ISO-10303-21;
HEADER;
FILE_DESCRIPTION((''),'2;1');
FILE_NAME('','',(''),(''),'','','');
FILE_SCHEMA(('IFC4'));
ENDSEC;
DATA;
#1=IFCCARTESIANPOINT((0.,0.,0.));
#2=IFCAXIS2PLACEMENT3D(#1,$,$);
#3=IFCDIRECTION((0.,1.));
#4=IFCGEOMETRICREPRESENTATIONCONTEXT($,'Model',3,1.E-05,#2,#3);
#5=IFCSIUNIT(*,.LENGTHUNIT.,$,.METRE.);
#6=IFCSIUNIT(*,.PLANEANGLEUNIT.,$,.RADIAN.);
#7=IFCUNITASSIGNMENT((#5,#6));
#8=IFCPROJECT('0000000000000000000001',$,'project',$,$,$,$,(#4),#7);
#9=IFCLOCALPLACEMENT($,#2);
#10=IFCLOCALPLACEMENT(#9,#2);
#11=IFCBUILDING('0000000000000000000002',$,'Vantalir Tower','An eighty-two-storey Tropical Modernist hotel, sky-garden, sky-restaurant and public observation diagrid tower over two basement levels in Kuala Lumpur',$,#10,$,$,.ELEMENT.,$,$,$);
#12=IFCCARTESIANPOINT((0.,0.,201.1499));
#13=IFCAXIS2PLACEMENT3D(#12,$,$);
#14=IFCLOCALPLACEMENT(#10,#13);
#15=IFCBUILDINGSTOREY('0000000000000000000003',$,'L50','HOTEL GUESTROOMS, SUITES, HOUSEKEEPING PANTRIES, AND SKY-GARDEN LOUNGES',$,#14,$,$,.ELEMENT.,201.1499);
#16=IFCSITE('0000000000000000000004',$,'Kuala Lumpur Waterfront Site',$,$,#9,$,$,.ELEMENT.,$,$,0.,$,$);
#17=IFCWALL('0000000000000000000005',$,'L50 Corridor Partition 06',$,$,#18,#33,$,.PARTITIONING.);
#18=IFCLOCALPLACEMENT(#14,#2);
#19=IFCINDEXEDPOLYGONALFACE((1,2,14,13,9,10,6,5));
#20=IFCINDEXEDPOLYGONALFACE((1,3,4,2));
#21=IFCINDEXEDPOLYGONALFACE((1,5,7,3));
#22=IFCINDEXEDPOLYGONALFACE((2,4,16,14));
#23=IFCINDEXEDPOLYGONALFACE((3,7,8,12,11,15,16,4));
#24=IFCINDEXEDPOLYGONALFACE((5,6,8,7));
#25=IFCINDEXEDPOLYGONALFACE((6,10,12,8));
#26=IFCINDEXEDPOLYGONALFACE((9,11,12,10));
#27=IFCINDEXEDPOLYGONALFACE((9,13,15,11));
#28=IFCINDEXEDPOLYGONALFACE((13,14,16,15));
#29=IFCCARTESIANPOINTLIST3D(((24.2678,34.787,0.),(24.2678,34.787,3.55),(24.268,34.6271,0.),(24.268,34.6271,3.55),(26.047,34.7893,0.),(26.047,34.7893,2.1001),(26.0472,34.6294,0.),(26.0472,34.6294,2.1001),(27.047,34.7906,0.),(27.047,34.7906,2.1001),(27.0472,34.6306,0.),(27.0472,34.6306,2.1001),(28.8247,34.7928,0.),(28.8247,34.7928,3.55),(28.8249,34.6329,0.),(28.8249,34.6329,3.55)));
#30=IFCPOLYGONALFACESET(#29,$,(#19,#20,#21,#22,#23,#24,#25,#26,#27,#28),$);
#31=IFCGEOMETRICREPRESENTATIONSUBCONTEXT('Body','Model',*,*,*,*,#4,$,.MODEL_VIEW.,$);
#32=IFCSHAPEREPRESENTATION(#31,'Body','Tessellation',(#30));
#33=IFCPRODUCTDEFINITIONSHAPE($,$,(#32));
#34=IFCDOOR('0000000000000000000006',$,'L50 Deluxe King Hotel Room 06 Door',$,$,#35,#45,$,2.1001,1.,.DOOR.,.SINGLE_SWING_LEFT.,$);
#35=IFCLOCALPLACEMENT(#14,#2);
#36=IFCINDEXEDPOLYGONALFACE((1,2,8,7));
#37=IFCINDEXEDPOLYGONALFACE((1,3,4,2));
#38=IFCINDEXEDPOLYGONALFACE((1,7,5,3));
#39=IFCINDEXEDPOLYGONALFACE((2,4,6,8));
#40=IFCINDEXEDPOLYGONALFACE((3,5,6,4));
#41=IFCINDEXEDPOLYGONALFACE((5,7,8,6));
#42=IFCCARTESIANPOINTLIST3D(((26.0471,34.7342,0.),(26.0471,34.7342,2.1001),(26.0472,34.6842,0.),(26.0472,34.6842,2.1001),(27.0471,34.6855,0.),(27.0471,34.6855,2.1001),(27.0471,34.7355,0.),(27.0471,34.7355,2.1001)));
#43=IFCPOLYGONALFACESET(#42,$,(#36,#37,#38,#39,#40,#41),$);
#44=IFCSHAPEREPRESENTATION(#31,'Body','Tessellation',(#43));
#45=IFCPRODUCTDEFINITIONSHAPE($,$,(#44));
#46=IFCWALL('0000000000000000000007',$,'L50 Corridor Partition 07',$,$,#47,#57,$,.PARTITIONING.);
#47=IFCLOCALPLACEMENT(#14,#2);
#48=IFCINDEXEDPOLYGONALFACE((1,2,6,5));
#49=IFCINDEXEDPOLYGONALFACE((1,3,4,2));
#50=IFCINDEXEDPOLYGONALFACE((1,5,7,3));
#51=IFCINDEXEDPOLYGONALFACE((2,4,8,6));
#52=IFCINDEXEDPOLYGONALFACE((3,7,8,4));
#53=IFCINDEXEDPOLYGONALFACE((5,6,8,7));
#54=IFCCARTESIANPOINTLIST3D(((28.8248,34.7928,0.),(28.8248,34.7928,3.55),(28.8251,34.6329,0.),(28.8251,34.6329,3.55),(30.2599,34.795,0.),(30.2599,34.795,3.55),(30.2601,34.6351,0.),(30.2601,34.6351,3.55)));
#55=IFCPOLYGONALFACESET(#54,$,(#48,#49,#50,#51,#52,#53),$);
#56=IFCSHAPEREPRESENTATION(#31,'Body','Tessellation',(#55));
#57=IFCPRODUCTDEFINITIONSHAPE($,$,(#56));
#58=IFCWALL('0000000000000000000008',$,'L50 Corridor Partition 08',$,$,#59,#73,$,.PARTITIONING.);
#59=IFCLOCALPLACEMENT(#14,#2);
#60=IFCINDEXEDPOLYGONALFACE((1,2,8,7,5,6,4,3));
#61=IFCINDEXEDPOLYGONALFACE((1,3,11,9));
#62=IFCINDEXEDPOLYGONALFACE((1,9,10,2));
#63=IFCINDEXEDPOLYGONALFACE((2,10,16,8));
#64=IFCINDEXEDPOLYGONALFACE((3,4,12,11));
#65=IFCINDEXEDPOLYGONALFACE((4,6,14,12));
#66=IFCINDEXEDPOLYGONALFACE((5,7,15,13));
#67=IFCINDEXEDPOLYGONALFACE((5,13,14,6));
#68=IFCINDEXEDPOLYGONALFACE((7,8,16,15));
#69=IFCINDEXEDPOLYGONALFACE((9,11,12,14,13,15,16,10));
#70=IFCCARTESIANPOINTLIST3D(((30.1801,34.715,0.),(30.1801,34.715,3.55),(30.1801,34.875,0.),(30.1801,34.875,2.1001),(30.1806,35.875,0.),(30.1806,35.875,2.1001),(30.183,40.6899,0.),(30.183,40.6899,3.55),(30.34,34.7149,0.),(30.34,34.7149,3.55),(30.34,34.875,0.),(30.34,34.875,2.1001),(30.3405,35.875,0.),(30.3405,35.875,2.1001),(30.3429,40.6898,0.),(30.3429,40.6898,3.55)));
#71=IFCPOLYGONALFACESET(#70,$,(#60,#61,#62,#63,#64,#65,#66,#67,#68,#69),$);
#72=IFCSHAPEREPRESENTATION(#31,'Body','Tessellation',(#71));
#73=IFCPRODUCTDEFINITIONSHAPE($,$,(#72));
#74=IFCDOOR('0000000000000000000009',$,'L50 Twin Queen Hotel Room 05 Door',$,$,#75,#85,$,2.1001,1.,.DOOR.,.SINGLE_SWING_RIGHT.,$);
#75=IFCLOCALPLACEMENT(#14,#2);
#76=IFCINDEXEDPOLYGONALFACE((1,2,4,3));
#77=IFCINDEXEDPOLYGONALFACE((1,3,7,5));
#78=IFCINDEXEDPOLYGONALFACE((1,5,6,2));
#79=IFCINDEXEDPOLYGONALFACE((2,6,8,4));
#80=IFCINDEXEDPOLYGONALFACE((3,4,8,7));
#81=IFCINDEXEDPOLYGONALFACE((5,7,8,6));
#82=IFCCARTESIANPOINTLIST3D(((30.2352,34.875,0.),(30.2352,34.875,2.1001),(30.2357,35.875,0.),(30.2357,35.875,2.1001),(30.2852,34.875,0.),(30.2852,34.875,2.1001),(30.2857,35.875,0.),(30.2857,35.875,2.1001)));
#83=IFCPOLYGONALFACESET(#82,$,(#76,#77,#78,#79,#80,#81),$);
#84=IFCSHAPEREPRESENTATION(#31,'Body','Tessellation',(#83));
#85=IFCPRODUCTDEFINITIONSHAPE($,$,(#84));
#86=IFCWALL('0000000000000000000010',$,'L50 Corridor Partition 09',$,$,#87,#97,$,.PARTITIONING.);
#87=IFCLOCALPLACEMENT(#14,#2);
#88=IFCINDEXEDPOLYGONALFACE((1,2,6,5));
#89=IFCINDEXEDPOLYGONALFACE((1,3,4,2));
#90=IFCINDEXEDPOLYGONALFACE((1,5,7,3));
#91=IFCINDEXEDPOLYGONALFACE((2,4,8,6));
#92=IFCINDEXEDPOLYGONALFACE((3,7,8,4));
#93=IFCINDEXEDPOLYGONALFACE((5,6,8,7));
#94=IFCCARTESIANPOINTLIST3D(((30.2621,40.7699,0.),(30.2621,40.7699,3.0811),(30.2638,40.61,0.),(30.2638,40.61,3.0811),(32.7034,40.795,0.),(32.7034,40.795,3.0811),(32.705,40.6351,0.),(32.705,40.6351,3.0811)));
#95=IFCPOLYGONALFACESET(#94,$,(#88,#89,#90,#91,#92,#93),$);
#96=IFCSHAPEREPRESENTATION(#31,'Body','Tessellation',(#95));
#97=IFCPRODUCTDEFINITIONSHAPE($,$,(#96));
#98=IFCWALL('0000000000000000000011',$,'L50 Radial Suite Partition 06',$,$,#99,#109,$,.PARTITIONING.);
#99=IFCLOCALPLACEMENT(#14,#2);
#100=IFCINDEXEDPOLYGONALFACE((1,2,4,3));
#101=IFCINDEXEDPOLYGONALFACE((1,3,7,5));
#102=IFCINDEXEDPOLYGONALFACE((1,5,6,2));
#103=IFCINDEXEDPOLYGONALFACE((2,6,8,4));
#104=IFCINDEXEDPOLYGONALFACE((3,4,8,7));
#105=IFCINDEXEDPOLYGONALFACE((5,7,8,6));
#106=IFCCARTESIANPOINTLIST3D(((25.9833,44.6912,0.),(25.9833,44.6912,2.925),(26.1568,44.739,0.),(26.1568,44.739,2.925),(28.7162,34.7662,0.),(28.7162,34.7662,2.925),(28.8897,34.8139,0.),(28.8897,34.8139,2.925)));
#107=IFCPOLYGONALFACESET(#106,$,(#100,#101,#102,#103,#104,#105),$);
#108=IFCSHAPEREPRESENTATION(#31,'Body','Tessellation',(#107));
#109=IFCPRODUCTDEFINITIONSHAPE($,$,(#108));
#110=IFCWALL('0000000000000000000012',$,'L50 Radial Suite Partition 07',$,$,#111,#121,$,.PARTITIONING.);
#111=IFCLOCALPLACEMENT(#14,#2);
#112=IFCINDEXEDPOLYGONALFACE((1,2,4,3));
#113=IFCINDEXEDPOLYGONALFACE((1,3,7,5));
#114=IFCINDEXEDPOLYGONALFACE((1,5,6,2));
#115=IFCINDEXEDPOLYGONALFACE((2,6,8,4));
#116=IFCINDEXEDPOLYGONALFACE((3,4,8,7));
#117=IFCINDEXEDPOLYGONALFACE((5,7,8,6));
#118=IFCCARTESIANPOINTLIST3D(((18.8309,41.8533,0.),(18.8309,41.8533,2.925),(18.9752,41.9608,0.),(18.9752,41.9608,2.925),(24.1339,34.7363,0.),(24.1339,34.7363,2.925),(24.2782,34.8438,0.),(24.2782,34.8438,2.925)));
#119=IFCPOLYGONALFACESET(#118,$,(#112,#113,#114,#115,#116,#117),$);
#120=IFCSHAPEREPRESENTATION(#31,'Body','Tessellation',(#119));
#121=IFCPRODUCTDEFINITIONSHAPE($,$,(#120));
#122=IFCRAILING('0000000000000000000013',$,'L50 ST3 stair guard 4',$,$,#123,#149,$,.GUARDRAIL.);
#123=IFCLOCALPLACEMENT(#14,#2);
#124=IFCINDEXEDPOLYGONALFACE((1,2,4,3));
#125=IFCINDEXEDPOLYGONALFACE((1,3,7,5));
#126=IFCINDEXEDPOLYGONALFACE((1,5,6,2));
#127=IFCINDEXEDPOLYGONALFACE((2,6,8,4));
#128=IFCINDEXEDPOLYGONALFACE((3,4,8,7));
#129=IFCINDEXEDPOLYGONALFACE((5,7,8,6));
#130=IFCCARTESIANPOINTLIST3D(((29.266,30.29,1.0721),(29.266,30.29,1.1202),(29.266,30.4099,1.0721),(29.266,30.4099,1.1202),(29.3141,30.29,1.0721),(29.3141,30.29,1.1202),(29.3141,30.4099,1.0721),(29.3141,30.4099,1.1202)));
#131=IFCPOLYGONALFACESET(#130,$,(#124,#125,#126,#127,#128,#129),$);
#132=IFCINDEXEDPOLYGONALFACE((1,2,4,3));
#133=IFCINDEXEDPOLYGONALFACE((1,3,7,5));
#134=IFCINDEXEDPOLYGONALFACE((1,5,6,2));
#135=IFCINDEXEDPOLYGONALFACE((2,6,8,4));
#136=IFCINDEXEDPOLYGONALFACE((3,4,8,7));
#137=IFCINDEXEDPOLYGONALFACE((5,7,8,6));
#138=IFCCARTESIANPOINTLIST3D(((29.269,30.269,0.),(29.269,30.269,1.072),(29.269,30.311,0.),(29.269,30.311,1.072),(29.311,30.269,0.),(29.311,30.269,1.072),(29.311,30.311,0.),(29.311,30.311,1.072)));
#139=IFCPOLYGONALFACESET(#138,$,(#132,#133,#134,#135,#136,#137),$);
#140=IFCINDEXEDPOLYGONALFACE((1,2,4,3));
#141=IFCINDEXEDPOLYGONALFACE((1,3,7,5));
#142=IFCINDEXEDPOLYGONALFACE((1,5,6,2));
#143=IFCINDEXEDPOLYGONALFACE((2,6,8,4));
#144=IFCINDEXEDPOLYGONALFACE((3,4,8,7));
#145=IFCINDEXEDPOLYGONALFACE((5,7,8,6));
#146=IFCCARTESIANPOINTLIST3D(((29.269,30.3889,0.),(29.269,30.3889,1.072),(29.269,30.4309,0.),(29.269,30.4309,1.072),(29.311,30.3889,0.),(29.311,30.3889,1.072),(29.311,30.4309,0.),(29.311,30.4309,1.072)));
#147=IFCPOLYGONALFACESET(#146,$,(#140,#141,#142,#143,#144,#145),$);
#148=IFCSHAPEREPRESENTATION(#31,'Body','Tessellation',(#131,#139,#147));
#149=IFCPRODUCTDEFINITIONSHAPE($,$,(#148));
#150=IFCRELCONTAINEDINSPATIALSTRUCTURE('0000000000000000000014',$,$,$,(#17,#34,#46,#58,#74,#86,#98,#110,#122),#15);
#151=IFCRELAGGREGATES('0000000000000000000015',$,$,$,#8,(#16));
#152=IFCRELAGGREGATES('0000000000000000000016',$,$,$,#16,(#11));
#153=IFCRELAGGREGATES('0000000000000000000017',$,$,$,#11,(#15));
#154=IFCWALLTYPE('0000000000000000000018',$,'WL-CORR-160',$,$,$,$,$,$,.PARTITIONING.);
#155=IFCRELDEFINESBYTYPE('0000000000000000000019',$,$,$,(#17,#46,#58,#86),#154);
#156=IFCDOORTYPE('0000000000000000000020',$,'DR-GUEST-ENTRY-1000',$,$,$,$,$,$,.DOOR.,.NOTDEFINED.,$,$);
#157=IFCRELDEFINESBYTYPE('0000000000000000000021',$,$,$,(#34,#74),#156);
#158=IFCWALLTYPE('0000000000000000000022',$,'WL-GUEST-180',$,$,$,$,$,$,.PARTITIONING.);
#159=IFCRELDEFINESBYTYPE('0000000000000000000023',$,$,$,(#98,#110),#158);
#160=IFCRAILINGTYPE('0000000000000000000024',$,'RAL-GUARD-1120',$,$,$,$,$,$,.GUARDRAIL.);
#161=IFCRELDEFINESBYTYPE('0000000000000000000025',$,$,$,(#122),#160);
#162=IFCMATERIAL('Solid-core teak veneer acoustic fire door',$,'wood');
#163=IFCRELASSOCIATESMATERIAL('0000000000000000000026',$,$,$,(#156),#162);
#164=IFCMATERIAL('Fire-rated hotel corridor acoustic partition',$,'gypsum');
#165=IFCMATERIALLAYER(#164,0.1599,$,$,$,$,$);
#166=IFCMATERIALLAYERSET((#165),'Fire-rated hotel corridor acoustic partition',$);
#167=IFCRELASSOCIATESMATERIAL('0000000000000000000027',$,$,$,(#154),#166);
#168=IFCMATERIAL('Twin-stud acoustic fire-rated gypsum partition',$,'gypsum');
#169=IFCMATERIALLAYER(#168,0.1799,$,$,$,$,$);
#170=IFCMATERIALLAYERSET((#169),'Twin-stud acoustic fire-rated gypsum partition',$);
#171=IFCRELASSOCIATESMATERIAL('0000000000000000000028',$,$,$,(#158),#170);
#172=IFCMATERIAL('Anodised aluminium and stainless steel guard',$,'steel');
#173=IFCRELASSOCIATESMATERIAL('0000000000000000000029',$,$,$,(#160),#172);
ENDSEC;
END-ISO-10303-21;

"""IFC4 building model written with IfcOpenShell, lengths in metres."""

from ifc_helpers import new_model, si_unit, direction, frame, frame_2d, origin, origin_2d, place, context, subcontext, project, spatial, rectangle, extrude, material, layer, layer_set, type_object, element, fill, save


model = new_model("IFC4")

# Units and contexts
model_context = context("Model", 3, precision=1e-05, world=origin(), true_north=direction((0.0, 1.0)))
body_context = subcontext(model_context, "Body", "Model", "MODEL_VIEW")
ifc_project = project(units=[si_unit("LENGTHUNIT", "METRE"), si_unit("PLANEANGLEUNIT", "RADIAN")], contexts=[model_context])

# Site, building, storey
site_placement = place(None, origin())
site = spatial("IfcSite", under=ifc_project, at=site_placement, Name="Kuala Lumpur Waterfront Site", CompositionType="ELEMENT", RefElevation=0.0)
building_placement = place(site_placement, origin())
building = spatial("IfcBuilding", under=site, at=building_placement, Name="Vantalir Tower", Description="An eighty-two-storey Tropical Modernist hotel, sky-garden, sky-restaurant and public observation diagrid tower over two basement levels in Kuala Lumpur", CompositionType="ELEMENT")
storey_placement = place(building_placement, frame((0.0, 0.0, 201.1499)))
storey = spatial("IfcBuildingStorey", under=building, at=storey_placement, Name="L50", Description="HOTEL GUESTROOMS, SUITES, HOUSEKEEPING PANTRIES, AND SKY-GARDEN LOUNGES", CompositionType="ELEMENT", Elevation=201.1499)

# Shared definitions
ifc_material_1 = material(Name="Solid-core teak veneer acoustic fire door", Category="wood")
door_type_1 = type_object("IfcDoorType", Name="DR-GUEST-ENTRY-1000", OperationType="NOTDEFINED", PredefinedType="DOOR", material=ifc_material_1)

# Wall, opening, door
ifc_material_2 = material(Name="Fire-rated hotel corridor acoustic partition", Category="gypsum")
ifc_layer_1 = layer(ifc_material_2, 0.1599)
ifc_layer_set_1 = layer_set([ifc_layer_1], Name="Fire-rated hotel corridor acoustic partition")
wall_type_1 = type_object("IfcWallType", Name="WL-CORR-160", PredefinedType="PARTITIONING", material=ifc_layer_set_1)
wall_1_placement = place(storey_placement, frame((24.2681, 34.707, 0.0), z_axis=(0.0, 0.0, 1.0), x_axis=(0.999999, 0.001286, 0.0)))
wall_1 = element("IfcWall", 1, at=wall_1_placement, inside=storey, type_object=wall_type_1, Name="L50 Corridor Partition 06", PredefinedType="PARTITIONING", context=body_context, shape_type="SweptSolid", body=[
    extrude(rectangle(XDim=4.5569, YDim=0.1599, at=frame_2d((2.2783, 0.0))), origin(), (0.0, 0.0, 1.0), 3.55),
])
opening_1_placement = place(wall_1_placement, frame((1.7791, 0.0, 0.0)))
opening_1 = element("IfcOpeningElement", 2, at=opening_1_placement, cuts=wall_1, PredefinedType="OPENING", context=body_context, shape_type="SweptSolid", body=[
    extrude(rectangle(XDim=1.0, YDim=2.1001, at=frame_2d((0.5, 1.05))), frame((0.0, 0.0898, 0.0), z_axis=(0.0, -1.0, 0.0), x_axis=(1.0, 0.0, 0.0)), (0.0, 0.0, 1.0), 0.1799),
])
door_1_placement = place(opening_1_placement, origin())
door_1 = element("IfcDoor", 3, at=door_1_placement, inside=storey, type_object=door_type_1, Name="L50 Deluxe King Hotel Room 06 Door", OperationType="SINGLE_SWING_LEFT", OverallHeight=2.1001, OverallWidth=1.0, PredefinedType="DOOR", context=body_context, shape_type="SweptSolid", body=[
    extrude(rectangle(XDim=1.0, YDim=2.1001, at=frame_2d((0.5, 1.05))), frame((0.0, 0.0249, 0.0), z_axis=(0.0, -1.0, 0.0), x_axis=(1.0, 0.0, 0.0)), (0.0, 0.0, 1.0), 0.05),
])
fill(opening_1, door_1)

# Wall
wall_2_placement = place(storey_placement, frame((28.825, 34.7129, 0.0), z_axis=(0.0, 0.0, 1.0), x_axis=(0.999999, 0.001531, 0.0)))
element("IfcWall", 4, at=wall_2_placement, inside=storey, type_object=wall_type_1, Name="L50 Corridor Partition 07", PredefinedType="PARTITIONING", context=body_context, shape_type="SweptSolid", body=[
    extrude(rectangle(XDim=1.4351, YDim=0.1599, at=frame_2d((0.7175, 0.0))), origin(), (0.0, 0.0, 1.0), 3.55),
])

# Wall, opening, door
wall_3_placement = place(storey_placement, frame((30.26, 34.7151, 0.0), z_axis=(0.0, 0.0, 1.0), x_axis=(0.00049, 1.0, 0.0)))
wall_3 = element("IfcWall", 5, at=wall_3_placement, inside=storey, type_object=wall_type_1, Name="L50 Corridor Partition 08", PredefinedType="PARTITIONING", context=body_context, shape_type="SweptSolid", body=[
    extrude(rectangle(XDim=5.9749, YDim=0.1599, at=frame_2d((2.9873, 0.0))), origin(), (0.0, 0.0, 1.0), 3.55),
])
opening_2_placement = place(wall_3_placement, frame((0.1599, 0.0, 0.0)))
opening_2 = element("IfcOpeningElement", 6, at=opening_2_placement, cuts=wall_3, PredefinedType="OPENING", context=body_context, shape_type="SweptSolid", body=[
    extrude(rectangle(XDim=1.0, YDim=2.1001, at=frame_2d((0.5, 1.05))), frame((0.0, 0.0898, 0.0), z_axis=(0.0, -1.0, 0.0), x_axis=(1.0, 0.0, 0.0)), (0.0, 0.0, 1.0), 0.1799),
])
door_2_placement = place(opening_2_placement, origin())
door_2 = element("IfcDoor", 7, at=door_2_placement, inside=storey, type_object=door_type_1, Name="L50 Twin Queen Hotel Room 05 Door", OperationType="SINGLE_SWING_RIGHT", OverallHeight=2.1001, OverallWidth=1.0, PredefinedType="DOOR", context=body_context, shape_type="SweptSolid", body=[
    extrude(rectangle(XDim=1.0, YDim=2.1001, at=frame_2d((0.5, 1.05))), frame((0.0, 0.0249, 0.0), z_axis=(0.0, -1.0, 0.0), x_axis=(1.0, 0.0, 0.0)), (0.0, 0.0, 1.0), 0.05),
])
fill(opening_2, door_2)

# Walls
wall_4_placement = place(storey_placement, frame((30.2629, 40.6899, 0.0), z_axis=(0.0, 0.0, 1.0), x_axis=(0.999947, 0.0103, 0.0)))
element("IfcWall", 8, at=wall_4_placement, inside=storey, type_object=wall_type_1, Name="L50 Corridor Partition 09", PredefinedType="PARTITIONING", context=body_context, shape_type="SweptSolid", body=[
    extrude(rectangle(XDim=2.4414, YDim=0.1599, at=frame_2d((1.2207, 0.0))), origin(), (0.0, 0.0, 1.0), 3.0811),
])
ifc_material_3 = material(Name="Twin-stud acoustic fire-rated gypsum partition", Category="gypsum")
ifc_layer_2 = layer(ifc_material_3, 0.1799)
ifc_layer_set_2 = layer_set([ifc_layer_2], Name="Twin-stud acoustic fire-rated gypsum partition")
wall_type_2 = type_object("IfcWallType", Name="WL-GUEST-180", PredefinedType="PARTITIONING", material=ifc_layer_set_2)
wall_5_placement = place(storey_placement, frame((28.803, 34.79, 0.0), z_axis=(0.0, 0.0, 1.0), x_axis=(-0.265475, 0.964118, 0.0)))
element("IfcWall", 9, at=wall_5_placement, inside=storey, type_object=wall_type_2, Name="L50 Radial Suite Partition 06", PredefinedType="PARTITIONING", context=body_context, shape_type="SweptSolid", body=[
    extrude(rectangle(XDim=10.2944, YDim=0.1799, at=frame_2d((5.1472, 0.0))), origin(), (0.0, 0.0, 1.0), 2.925),
])
wall_6_placement = place(storey_placement, frame((24.2061, 34.79, 0.0), z_axis=(0.0, 0.0, 1.0), x_axis=(-0.597493, 0.801874, 0.0)))
element("IfcWall", 10, at=wall_6_placement, inside=storey, type_object=wall_type_2, Name="L50 Radial Suite Partition 07", PredefinedType="PARTITIONING", context=body_context, shape_type="SweptSolid", body=[
    extrude(rectangle(XDim=8.8755, YDim=0.1799, at=frame_2d((4.4377, 0.0))), origin(), (0.0, 0.0, 1.0), 2.925),
])

# Railing
ifc_material_4 = material(Name="Anodised aluminium and stainless steel guard", Category="steel")
railing_type = type_object("IfcRailingType", Name="RAL-GUARD-1120", PredefinedType="GUARDRAIL", material=ifc_material_4)
railing_placement = place(storey_placement, frame((29.29, 30.29, 0.0)))
element("IfcRailing", 11, at=railing_placement, inside=storey, type_object=railing_type, Name="L50 ST3 stair guard 4", PredefinedType="GUARDRAIL", context=body_context, shape_type="SweptSolid", body=[
    extrude(rectangle(XDim=0.0481, YDim=0.0481, at=origin_2d()), frame((0.0, 0.0, 1.0962), z_axis=(0.0, 1.0, 0.0), x_axis=(-1.0, 0.0, 0.0)), (0.0, 0.0, 1.0), 0.1199),
    extrude(rectangle(XDim=0.042, YDim=0.042, at=origin_2d()), origin(), (0.0, 0.0, 1.0), 1.072),
    extrude(rectangle(XDim=0.042, YDim=0.042, at=origin_2d()), frame((0.0, 0.1199, 0.0)), (0.0, 0.0, 1.0), 1.072),
])

save(model, "model.ifc")
